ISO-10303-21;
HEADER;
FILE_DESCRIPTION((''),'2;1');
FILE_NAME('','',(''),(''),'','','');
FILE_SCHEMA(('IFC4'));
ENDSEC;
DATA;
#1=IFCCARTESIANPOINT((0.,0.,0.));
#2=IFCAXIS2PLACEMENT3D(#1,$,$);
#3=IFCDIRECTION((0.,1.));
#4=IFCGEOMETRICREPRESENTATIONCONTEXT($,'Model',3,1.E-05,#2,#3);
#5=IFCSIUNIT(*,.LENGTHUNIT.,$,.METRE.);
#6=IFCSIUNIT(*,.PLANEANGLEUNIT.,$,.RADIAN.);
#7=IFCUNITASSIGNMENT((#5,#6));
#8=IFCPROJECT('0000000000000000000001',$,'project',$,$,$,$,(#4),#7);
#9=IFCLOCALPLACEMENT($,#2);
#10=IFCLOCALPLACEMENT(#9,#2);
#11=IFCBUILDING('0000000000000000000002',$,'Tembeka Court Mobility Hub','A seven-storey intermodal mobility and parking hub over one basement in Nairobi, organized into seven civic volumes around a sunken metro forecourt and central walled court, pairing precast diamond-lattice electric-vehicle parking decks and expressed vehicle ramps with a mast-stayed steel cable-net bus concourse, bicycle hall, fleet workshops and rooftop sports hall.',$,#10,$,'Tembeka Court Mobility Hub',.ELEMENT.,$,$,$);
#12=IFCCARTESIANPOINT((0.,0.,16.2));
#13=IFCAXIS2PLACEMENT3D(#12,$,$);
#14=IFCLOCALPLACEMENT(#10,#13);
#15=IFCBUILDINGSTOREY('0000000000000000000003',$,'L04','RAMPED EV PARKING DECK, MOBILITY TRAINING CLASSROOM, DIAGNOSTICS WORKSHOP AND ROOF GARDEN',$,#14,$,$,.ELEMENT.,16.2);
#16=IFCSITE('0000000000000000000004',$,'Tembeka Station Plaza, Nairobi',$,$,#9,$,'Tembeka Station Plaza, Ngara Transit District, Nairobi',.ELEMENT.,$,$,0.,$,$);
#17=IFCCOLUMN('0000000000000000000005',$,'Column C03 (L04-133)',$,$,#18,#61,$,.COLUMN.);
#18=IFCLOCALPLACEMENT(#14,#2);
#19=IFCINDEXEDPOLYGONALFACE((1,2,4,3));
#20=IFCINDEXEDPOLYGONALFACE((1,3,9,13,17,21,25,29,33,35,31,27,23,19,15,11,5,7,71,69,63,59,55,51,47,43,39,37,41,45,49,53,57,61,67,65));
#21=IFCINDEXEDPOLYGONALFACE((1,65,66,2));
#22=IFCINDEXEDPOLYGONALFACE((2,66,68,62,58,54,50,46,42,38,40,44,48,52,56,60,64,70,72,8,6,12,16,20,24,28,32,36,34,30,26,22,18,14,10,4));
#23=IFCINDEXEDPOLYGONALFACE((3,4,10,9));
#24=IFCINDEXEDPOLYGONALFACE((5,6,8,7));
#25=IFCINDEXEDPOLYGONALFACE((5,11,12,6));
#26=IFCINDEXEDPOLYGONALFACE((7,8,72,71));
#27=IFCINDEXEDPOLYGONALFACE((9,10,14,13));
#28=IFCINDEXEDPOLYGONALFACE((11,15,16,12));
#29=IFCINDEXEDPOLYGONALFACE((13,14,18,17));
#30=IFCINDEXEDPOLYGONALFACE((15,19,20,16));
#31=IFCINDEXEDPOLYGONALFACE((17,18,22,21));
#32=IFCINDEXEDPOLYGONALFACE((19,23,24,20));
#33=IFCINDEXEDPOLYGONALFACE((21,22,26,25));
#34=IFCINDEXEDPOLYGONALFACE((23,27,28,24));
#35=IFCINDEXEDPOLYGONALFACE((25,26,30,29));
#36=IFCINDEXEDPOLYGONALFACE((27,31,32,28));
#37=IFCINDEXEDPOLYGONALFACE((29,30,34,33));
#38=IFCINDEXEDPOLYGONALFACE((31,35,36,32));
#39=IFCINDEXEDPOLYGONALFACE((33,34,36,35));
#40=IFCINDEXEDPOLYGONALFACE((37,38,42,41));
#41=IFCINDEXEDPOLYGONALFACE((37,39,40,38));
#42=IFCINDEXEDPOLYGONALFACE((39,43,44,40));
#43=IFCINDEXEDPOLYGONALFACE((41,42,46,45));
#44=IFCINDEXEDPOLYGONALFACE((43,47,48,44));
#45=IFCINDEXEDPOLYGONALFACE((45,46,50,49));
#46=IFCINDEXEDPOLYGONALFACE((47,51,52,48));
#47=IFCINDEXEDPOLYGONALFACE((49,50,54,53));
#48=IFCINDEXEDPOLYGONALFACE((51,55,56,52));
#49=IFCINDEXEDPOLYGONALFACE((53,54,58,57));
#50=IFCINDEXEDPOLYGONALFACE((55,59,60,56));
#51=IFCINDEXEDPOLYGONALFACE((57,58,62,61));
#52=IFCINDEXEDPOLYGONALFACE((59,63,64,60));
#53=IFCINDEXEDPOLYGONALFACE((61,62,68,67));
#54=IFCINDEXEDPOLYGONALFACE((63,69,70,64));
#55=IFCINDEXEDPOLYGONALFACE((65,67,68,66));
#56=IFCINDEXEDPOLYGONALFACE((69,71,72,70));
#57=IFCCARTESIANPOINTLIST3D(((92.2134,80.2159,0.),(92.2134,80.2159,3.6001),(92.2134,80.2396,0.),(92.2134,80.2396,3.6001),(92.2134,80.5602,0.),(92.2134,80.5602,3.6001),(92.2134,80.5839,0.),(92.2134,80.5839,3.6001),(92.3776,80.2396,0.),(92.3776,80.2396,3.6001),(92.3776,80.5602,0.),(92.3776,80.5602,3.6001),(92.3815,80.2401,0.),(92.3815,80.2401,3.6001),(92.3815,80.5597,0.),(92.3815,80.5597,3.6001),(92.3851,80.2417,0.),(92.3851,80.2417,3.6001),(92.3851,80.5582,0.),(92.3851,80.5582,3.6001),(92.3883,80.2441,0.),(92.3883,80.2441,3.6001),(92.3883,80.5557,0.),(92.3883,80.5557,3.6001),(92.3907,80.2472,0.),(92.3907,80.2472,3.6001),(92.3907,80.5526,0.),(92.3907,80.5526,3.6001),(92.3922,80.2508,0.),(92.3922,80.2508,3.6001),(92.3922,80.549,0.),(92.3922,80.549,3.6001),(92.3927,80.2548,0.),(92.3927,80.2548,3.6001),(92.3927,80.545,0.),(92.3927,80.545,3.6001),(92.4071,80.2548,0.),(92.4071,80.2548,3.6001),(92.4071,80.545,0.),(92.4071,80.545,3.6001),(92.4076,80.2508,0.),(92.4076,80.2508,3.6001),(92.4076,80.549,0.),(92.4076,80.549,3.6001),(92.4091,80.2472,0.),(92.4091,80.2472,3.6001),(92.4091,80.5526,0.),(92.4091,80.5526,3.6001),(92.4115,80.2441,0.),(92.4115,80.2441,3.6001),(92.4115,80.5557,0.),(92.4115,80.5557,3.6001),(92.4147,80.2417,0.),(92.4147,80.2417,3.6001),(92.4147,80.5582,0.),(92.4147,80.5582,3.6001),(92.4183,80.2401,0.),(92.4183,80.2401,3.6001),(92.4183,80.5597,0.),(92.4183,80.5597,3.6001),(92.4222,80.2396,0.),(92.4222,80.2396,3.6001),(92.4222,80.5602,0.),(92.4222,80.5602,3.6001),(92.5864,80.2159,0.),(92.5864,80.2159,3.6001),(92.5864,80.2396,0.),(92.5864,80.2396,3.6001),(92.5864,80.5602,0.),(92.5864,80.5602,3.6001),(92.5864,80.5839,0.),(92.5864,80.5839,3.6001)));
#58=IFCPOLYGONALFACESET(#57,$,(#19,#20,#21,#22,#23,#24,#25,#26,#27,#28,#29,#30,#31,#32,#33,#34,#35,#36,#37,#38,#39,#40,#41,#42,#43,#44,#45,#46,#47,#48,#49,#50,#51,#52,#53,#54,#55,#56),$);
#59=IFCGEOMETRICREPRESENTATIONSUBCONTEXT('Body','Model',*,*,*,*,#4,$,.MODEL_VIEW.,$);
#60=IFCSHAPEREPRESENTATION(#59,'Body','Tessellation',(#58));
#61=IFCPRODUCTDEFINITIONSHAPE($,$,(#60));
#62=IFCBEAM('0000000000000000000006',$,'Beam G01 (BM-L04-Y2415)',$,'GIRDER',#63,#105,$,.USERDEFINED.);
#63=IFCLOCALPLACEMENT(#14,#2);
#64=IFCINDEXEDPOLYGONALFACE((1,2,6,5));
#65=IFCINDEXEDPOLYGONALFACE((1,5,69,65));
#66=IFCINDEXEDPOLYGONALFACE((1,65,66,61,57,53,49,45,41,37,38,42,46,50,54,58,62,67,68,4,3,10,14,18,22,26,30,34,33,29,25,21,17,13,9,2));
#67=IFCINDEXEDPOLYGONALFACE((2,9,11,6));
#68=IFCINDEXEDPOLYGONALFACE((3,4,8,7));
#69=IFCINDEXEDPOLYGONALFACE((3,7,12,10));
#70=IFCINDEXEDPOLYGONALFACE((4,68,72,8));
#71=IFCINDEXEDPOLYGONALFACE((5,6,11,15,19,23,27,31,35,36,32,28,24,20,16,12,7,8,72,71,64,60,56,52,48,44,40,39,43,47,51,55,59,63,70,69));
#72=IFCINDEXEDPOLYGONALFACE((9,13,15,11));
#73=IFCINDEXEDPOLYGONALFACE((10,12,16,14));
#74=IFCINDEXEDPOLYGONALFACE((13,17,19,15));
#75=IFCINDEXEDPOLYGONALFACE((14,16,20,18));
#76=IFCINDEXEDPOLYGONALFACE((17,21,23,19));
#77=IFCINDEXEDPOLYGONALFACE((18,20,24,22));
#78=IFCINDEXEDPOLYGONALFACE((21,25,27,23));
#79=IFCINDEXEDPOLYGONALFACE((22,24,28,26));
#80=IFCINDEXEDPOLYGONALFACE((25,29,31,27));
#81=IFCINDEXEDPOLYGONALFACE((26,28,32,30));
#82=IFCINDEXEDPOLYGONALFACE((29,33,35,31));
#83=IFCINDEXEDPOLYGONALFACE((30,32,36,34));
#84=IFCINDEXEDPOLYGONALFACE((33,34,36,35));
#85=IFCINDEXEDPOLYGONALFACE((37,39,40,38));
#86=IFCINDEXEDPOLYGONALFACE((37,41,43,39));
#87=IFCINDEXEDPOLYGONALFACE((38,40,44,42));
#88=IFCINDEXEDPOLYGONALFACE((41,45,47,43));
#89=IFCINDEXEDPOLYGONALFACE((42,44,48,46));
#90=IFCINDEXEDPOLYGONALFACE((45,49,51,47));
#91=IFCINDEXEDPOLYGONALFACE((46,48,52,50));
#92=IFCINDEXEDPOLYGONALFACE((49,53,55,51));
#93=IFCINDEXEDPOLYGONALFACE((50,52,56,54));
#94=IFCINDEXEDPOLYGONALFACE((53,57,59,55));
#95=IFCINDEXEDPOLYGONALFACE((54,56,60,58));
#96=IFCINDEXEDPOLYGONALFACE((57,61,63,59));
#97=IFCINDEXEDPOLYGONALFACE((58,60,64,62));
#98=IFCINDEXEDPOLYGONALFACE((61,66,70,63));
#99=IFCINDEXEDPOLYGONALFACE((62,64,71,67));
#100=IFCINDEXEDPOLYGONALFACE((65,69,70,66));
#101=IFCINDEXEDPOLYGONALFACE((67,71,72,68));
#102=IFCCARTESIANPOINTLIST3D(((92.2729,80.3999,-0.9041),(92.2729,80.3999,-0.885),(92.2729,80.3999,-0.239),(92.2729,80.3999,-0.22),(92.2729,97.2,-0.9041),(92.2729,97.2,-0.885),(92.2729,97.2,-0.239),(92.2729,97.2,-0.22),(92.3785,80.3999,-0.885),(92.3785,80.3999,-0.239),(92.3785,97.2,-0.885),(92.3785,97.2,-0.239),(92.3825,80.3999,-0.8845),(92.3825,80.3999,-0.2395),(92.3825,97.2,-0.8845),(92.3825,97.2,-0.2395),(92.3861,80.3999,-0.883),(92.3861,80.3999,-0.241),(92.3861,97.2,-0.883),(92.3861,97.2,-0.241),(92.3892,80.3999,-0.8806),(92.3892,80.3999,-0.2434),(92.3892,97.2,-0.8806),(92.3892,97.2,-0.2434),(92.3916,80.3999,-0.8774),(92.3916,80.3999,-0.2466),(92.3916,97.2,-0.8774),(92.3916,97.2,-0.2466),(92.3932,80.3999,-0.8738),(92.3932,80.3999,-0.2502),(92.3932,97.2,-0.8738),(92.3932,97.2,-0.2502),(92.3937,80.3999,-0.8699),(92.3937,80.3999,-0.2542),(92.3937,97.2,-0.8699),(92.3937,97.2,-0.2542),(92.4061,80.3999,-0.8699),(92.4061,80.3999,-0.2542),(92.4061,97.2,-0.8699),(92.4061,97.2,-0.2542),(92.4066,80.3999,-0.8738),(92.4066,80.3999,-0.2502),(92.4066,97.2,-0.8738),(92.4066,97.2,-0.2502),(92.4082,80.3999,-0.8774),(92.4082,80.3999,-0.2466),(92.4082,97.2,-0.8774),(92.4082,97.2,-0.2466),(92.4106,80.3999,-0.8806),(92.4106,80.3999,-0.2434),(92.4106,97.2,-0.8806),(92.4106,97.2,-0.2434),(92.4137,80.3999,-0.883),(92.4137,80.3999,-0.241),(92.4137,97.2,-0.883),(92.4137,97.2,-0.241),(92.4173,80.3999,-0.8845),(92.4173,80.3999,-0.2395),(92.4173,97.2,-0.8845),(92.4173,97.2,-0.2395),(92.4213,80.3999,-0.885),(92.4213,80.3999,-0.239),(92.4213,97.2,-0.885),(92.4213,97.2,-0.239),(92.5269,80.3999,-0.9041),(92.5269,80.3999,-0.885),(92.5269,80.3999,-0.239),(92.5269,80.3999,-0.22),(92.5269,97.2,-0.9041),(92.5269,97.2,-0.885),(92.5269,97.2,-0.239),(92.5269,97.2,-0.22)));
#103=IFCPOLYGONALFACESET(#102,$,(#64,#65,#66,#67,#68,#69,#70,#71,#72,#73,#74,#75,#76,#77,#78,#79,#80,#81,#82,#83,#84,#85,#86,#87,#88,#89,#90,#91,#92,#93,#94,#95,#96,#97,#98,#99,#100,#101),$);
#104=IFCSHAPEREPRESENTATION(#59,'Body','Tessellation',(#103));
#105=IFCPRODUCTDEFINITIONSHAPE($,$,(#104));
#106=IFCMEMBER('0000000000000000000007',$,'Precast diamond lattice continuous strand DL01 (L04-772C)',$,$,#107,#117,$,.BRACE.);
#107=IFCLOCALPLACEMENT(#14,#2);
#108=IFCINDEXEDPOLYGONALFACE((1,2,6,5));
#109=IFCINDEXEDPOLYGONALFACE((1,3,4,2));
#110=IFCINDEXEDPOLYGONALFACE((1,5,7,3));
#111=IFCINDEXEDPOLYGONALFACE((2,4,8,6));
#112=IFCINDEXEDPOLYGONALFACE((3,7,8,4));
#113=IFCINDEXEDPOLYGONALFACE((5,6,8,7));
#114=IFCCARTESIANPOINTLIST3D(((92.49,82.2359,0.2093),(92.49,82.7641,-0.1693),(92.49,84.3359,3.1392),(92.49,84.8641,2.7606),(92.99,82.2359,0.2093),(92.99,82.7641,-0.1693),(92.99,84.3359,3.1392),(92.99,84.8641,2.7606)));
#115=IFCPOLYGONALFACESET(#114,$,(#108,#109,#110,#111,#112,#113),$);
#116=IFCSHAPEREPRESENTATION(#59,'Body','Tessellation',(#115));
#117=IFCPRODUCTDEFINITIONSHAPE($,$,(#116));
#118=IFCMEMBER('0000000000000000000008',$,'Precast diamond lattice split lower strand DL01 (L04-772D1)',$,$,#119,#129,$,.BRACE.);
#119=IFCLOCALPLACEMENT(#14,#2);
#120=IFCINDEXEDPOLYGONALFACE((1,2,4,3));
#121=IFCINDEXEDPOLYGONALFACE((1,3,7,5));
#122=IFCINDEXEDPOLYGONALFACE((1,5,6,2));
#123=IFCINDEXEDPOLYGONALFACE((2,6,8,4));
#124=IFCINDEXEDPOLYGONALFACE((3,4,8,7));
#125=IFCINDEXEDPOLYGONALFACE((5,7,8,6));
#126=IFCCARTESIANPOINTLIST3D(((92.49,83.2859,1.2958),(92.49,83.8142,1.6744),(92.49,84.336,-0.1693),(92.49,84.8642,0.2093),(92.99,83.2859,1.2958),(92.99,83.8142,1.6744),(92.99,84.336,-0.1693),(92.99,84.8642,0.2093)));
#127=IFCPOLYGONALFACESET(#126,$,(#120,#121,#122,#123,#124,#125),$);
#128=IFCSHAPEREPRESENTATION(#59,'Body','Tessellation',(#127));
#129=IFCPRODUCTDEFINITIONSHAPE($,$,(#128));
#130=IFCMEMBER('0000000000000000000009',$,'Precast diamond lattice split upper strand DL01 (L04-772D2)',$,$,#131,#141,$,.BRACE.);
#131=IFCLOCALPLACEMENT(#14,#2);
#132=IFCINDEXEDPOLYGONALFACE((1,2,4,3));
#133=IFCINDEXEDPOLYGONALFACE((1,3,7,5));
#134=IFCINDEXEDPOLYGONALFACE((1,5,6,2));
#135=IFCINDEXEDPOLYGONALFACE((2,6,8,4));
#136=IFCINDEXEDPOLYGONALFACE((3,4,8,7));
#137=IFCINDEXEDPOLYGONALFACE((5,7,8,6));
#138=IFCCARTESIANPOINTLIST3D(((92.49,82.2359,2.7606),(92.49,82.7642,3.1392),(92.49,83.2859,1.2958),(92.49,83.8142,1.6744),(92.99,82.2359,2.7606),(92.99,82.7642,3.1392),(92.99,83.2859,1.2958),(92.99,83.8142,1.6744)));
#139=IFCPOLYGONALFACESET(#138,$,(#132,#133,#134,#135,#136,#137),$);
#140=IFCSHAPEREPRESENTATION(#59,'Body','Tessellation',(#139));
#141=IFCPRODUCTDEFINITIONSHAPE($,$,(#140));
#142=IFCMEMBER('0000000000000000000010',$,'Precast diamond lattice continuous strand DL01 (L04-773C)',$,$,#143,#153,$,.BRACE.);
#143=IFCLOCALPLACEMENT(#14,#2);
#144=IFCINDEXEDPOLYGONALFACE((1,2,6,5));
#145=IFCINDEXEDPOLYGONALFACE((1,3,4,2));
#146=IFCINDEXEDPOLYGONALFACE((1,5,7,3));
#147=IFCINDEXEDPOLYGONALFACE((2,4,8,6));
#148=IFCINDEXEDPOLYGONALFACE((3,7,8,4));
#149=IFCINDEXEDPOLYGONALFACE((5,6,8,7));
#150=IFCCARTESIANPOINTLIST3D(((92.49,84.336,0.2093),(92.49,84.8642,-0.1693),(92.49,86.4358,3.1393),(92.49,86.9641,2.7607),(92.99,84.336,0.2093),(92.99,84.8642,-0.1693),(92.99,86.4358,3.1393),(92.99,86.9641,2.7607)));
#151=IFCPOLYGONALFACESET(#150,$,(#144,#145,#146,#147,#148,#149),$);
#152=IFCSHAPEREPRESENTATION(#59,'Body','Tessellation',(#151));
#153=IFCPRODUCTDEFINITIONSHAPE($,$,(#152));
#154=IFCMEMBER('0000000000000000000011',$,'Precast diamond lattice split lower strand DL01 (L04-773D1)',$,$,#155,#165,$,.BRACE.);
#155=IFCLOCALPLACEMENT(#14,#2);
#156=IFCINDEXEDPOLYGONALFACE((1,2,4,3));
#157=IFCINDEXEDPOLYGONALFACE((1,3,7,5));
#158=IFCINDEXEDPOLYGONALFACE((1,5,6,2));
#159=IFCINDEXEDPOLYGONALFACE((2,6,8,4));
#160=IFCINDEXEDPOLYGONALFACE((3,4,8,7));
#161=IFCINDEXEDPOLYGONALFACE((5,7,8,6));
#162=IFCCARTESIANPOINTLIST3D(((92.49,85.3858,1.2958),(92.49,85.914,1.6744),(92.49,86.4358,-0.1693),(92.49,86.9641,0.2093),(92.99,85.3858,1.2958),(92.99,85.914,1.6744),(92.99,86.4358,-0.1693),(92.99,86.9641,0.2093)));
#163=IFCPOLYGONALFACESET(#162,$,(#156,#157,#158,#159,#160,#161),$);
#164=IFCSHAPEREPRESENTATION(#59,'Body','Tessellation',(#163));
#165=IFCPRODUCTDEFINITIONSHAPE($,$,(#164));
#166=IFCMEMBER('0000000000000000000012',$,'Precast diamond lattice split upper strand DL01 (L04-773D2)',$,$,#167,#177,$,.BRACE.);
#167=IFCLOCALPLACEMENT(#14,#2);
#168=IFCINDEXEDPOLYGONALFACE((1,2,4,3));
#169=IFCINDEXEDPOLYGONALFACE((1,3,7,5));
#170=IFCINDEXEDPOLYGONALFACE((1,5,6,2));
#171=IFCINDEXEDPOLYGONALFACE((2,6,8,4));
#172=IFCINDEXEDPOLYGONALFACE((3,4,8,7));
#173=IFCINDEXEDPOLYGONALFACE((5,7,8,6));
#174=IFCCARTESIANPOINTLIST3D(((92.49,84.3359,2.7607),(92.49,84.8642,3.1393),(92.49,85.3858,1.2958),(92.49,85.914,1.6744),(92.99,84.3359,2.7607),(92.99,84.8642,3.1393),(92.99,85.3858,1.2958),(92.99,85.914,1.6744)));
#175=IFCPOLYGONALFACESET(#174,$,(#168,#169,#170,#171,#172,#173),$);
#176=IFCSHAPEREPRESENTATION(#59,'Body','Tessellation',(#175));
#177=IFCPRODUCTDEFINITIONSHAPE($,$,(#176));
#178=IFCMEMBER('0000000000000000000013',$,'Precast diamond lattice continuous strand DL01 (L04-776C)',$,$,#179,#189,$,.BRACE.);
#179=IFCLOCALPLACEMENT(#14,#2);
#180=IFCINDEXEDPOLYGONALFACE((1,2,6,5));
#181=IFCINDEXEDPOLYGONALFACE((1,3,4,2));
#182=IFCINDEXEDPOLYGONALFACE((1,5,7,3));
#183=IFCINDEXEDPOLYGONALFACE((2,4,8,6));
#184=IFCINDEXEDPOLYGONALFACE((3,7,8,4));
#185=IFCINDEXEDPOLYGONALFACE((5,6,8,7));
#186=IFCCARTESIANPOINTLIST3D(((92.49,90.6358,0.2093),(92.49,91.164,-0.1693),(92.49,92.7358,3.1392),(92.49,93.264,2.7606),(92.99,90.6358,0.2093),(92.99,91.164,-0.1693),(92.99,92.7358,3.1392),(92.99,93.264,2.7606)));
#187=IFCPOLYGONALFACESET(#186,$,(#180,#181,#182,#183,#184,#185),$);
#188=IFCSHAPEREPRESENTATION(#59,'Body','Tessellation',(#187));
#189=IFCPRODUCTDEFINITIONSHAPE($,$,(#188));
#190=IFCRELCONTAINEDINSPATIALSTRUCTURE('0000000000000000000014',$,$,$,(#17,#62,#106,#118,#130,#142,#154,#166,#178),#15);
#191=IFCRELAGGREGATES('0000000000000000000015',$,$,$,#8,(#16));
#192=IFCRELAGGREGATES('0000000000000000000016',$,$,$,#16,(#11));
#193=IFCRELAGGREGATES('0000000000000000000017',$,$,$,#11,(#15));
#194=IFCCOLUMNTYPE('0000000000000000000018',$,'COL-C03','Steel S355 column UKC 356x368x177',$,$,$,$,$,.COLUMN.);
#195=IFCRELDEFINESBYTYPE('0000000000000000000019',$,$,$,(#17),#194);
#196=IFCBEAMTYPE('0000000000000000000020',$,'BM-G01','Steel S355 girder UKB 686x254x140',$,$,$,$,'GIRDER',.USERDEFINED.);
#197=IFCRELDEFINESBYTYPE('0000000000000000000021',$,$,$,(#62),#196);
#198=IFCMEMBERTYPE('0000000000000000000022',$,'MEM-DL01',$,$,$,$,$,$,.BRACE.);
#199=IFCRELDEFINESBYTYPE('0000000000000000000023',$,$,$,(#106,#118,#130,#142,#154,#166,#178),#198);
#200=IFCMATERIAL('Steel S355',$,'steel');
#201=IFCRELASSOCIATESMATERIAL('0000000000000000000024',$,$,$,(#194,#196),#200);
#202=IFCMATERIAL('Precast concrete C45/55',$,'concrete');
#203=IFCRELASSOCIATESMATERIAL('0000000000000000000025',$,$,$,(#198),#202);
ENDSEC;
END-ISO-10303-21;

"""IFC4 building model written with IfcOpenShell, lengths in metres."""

from ifc_helpers import new_model, si_unit, direction, frame, origin, origin_2d, place, context, subcontext, project, spatial, rectangle, i_section, extrude, material, material_profile, profile_set, type_object, element, save


model = new_model("IFC4")

# Units and contexts
model_context = context("Model", 3, precision=1e-05, world=origin(), true_north=direction((0.0, 1.0)))
body_context = subcontext(model_context, "Body", "Model", "MODEL_VIEW")
ifc_project = project(units=[si_unit("LENGTHUNIT", "METRE"), si_unit("PLANEANGLEUNIT", "RADIAN")], contexts=[model_context])

# Site, building, storey
site_placement = place(None, origin())
site = spatial("IfcSite", under=ifc_project, at=site_placement, Name="Tembeka Station Plaza, Nairobi", LongName="Tembeka Station Plaza, Ngara Transit District, Nairobi", CompositionType="ELEMENT", RefElevation=0.0)
building_placement = place(site_placement, origin())
building = spatial("IfcBuilding", under=site, at=building_placement, Name="Tembeka Court Mobility Hub", Description="A seven-storey intermodal mobility and parking hub over one basement in Nairobi, organized into seven civic volumes around a sunken metro forecourt and central walled court, pairing precast diamond-lattice electric-vehicle parking decks and expressed vehicle ramps with a mast-stayed steel cable-net bus concourse, bicycle hall, fleet workshops and rooftop sports hall.", LongName="Tembeka Court Mobility Hub", CompositionType="ELEMENT")
storey_placement = place(building_placement, frame((0.0, 0.0, 16.2)))
storey = spatial("IfcBuildingStorey", under=building, at=storey_placement, Name="L04", Description="RAMPED EV PARKING DECK, MOBILITY TRAINING CLASSROOM, DIAGNOSTICS WORKSHOP AND ROOF GARDEN", CompositionType="ELEMENT", Elevation=16.2)

# Column
ifc_material_1 = material(Name="Steel S355", Category="steel")
ifc_material_profile_1 = material_profile(ifc_material_1, i_section(OverallWidth=0.373, OverallDepth=0.3679, WebThickness=0.0144, FlangeThickness=0.0237, FilletRadius=0.0151, at=origin_2d()), Name="UKC 356x368x177")
ifc_profile_set_1 = profile_set([ifc_material_profile_1], Name="Steel S355")
column_type = type_object("IfcColumnType", Name="COL-C03", Description="Steel S355 column UKC 356x368x177", PredefinedType="COLUMN", material=ifc_profile_set_1)
column_placement = place(storey_placement, frame((92.3999, 80.3999, 0.0), z_axis=(0.0, 0.0, 1.0), x_axis=(1.0, 0.0, 0.0)))
element("IfcColumn", 1, at=column_placement, inside=storey, type_object=column_type, Name="Column C03 (L04-133)", PredefinedType="COLUMN", context=body_context, shape_type="SweptSolid", body=[
    extrude(i_section(OverallWidth=0.373, OverallDepth=0.3679, WebThickness=0.0144, FlangeThickness=0.0237, FilletRadius=0.0151, at=origin_2d()), origin(), (0.0, 0.0, 1.0), 3.6001),
])

# Beam
ifc_material_profile_2 = material_profile(ifc_material_1, i_section(OverallWidth=0.2539, OverallDepth=0.6841, WebThickness=0.0125, FlangeThickness=0.019, FilletRadius=0.0151, at=origin_2d()), Name="UKB 686x254x140")
ifc_profile_set_2 = profile_set([ifc_material_profile_2], Name="Steel S355")
beam_type = type_object("IfcBeamType", Name="BM-G01", Description="Steel S355 girder UKB 686x254x140", ElementType="GIRDER", PredefinedType="USERDEFINED", material=ifc_profile_set_2)
beam_placement = place(storey_placement, frame((92.3999, 80.3999, -0.562), z_axis=(0.0, 1.0, 0.0), x_axis=(-1.0, 0.0, 0.0)))
element("IfcBeam", 2, at=beam_placement, inside=storey, type_object=beam_type, Name="Beam G01 (BM-L04-Y2415)", ObjectType="GIRDER", PredefinedType="USERDEFINED", context=body_context, shape_type="SweptSolid", body=[
    extrude(i_section(OverallWidth=0.2539, OverallDepth=0.6841, WebThickness=0.0125, FlangeThickness=0.019, FilletRadius=0.0151, at=origin_2d()), origin(), (0.0, 0.0, 1.0), 16.8),
])

# Members
ifc_material_2 = material(Name="Precast concrete C45/55", Category="concrete")
ifc_material_profile_3 = material_profile(ifc_material_2, rectangle(XDim=0.5, YDim=0.6499, at=origin_2d()), Name="PC-DIAG 500x650")
ifc_profile_set_3 = profile_set([ifc_material_profile_3], Name="Precast concrete C45/55")
member_type_1 = type_object("IfcMemberType", Name="MEM-DL01", PredefinedType="BRACE", material=ifc_profile_set_3)
member_1_placement = place(storey_placement, frame((92.74, 82.5, 0.02), z_axis=(0.0, 0.582576, 0.812776), x_axis=(-1.0, 0.0, 0.0)))
element("IfcMember", 3, at=member_1_placement, inside=storey, type_object=member_type_1, Name="Precast diamond lattice continuous strand DL01 (L04-772C)", PredefinedType="BRACE", context=body_context, shape_type="SweptSolid", body=[
    extrude(rectangle(XDim=0.5, YDim=0.6499, at=origin_2d()), origin(), (0.0, 0.0, 1.0), 3.6047),
])
member_2_placement = place(storey_placement, frame((92.74, 84.6001, 0.02), z_axis=(0.0, -0.582544, 0.812799), x_axis=(1.0, 0.0, 0.0)))
element("IfcMember", 4, at=member_2_placement, inside=storey, type_object=member_type_1, Name="Precast diamond lattice split lower strand DL01 (L04-772D1)", PredefinedType="BRACE", context=body_context, shape_type="SweptSolid", body=[
    extrude(rectangle(XDim=0.5, YDim=0.6499, at=origin_2d()), origin(), (0.0, 0.0, 1.0), 1.8025),
])
member_3_placement = place(storey_placement, frame((92.74, 83.55, 1.4851), z_axis=(0.0, -0.582608, 0.812753), x_axis=(1.0, 0.0, 0.0)))
element("IfcMember", 5, at=member_3_placement, inside=storey, type_object=member_type_1, Name="Precast diamond lattice split upper strand DL01 (L04-772D2)", PredefinedType="BRACE", context=body_context, shape_type="SweptSolid", body=[
    extrude(rectangle(XDim=0.5, YDim=0.6499, at=origin_2d()), origin(), (0.0, 0.0, 1.0), 1.8022),
])
member_4_placement = place(storey_placement, frame((92.74, 84.6001, 0.02), z_axis=(0.0, 0.582532, 0.812808), x_axis=(-1.0, 0.0, 0.0)))
element("IfcMember", 6, at=member_4_placement, inside=storey, type_object=member_type_1, Name="Precast diamond lattice continuous strand DL01 (L04-773C)", PredefinedType="BRACE", context=body_context, shape_type="SweptSolid", body=[
    extrude(rectangle(XDim=0.5, YDim=0.6499, at=origin_2d()), origin(), (0.0, 0.0, 1.0), 3.6047),
])
member_5_placement = place(storey_placement, frame((92.74, 86.7, 0.02), z_axis=(0.0, -0.582544, 0.812799), x_axis=(1.0, 0.0, 0.0)))
element("IfcMember", 7, at=member_5_placement, inside=storey, type_object=member_type_1, Name="Precast diamond lattice split lower strand DL01 (L04-773D1)", PredefinedType="BRACE", context=body_context, shape_type="SweptSolid", body=[
    extrude(rectangle(XDim=0.5, YDim=0.6499, at=origin_2d()), origin(), (0.0, 0.0, 1.0), 1.8025),
])
member_6_placement = place(storey_placement, frame((92.74, 85.6499, 1.4851), z_axis=(0.0, -0.582519, 0.812817), x_axis=(1.0, 0.0, 0.0)))
element("IfcMember", 8, at=member_6_placement, inside=storey, type_object=member_type_1, Name="Precast diamond lattice split upper strand DL01 (L04-773D2)", PredefinedType="BRACE", context=body_context, shape_type="SweptSolid", body=[
    extrude(rectangle(XDim=0.5, YDim=0.6499, at=origin_2d()), origin(), (0.0, 0.0, 1.0), 1.8022),
])
member_7_placement = place(storey_placement, frame((92.74, 90.8999, 0.02), z_axis=(0.0, 0.582576, 0.812776), x_axis=(-1.0, 0.0, 0.0)))
element("IfcMember", 9, at=member_7_placement, inside=storey, type_object=member_type_1, Name="Precast diamond lattice continuous strand DL01 (L04-776C)", PredefinedType="BRACE", context=body_context, shape_type="SweptSolid", body=[
    extrude(rectangle(XDim=0.5, YDim=0.6499, at=origin_2d()), origin(), (0.0, 0.0, 1.0), 3.6047),
])

save(model, "model.ifc")
